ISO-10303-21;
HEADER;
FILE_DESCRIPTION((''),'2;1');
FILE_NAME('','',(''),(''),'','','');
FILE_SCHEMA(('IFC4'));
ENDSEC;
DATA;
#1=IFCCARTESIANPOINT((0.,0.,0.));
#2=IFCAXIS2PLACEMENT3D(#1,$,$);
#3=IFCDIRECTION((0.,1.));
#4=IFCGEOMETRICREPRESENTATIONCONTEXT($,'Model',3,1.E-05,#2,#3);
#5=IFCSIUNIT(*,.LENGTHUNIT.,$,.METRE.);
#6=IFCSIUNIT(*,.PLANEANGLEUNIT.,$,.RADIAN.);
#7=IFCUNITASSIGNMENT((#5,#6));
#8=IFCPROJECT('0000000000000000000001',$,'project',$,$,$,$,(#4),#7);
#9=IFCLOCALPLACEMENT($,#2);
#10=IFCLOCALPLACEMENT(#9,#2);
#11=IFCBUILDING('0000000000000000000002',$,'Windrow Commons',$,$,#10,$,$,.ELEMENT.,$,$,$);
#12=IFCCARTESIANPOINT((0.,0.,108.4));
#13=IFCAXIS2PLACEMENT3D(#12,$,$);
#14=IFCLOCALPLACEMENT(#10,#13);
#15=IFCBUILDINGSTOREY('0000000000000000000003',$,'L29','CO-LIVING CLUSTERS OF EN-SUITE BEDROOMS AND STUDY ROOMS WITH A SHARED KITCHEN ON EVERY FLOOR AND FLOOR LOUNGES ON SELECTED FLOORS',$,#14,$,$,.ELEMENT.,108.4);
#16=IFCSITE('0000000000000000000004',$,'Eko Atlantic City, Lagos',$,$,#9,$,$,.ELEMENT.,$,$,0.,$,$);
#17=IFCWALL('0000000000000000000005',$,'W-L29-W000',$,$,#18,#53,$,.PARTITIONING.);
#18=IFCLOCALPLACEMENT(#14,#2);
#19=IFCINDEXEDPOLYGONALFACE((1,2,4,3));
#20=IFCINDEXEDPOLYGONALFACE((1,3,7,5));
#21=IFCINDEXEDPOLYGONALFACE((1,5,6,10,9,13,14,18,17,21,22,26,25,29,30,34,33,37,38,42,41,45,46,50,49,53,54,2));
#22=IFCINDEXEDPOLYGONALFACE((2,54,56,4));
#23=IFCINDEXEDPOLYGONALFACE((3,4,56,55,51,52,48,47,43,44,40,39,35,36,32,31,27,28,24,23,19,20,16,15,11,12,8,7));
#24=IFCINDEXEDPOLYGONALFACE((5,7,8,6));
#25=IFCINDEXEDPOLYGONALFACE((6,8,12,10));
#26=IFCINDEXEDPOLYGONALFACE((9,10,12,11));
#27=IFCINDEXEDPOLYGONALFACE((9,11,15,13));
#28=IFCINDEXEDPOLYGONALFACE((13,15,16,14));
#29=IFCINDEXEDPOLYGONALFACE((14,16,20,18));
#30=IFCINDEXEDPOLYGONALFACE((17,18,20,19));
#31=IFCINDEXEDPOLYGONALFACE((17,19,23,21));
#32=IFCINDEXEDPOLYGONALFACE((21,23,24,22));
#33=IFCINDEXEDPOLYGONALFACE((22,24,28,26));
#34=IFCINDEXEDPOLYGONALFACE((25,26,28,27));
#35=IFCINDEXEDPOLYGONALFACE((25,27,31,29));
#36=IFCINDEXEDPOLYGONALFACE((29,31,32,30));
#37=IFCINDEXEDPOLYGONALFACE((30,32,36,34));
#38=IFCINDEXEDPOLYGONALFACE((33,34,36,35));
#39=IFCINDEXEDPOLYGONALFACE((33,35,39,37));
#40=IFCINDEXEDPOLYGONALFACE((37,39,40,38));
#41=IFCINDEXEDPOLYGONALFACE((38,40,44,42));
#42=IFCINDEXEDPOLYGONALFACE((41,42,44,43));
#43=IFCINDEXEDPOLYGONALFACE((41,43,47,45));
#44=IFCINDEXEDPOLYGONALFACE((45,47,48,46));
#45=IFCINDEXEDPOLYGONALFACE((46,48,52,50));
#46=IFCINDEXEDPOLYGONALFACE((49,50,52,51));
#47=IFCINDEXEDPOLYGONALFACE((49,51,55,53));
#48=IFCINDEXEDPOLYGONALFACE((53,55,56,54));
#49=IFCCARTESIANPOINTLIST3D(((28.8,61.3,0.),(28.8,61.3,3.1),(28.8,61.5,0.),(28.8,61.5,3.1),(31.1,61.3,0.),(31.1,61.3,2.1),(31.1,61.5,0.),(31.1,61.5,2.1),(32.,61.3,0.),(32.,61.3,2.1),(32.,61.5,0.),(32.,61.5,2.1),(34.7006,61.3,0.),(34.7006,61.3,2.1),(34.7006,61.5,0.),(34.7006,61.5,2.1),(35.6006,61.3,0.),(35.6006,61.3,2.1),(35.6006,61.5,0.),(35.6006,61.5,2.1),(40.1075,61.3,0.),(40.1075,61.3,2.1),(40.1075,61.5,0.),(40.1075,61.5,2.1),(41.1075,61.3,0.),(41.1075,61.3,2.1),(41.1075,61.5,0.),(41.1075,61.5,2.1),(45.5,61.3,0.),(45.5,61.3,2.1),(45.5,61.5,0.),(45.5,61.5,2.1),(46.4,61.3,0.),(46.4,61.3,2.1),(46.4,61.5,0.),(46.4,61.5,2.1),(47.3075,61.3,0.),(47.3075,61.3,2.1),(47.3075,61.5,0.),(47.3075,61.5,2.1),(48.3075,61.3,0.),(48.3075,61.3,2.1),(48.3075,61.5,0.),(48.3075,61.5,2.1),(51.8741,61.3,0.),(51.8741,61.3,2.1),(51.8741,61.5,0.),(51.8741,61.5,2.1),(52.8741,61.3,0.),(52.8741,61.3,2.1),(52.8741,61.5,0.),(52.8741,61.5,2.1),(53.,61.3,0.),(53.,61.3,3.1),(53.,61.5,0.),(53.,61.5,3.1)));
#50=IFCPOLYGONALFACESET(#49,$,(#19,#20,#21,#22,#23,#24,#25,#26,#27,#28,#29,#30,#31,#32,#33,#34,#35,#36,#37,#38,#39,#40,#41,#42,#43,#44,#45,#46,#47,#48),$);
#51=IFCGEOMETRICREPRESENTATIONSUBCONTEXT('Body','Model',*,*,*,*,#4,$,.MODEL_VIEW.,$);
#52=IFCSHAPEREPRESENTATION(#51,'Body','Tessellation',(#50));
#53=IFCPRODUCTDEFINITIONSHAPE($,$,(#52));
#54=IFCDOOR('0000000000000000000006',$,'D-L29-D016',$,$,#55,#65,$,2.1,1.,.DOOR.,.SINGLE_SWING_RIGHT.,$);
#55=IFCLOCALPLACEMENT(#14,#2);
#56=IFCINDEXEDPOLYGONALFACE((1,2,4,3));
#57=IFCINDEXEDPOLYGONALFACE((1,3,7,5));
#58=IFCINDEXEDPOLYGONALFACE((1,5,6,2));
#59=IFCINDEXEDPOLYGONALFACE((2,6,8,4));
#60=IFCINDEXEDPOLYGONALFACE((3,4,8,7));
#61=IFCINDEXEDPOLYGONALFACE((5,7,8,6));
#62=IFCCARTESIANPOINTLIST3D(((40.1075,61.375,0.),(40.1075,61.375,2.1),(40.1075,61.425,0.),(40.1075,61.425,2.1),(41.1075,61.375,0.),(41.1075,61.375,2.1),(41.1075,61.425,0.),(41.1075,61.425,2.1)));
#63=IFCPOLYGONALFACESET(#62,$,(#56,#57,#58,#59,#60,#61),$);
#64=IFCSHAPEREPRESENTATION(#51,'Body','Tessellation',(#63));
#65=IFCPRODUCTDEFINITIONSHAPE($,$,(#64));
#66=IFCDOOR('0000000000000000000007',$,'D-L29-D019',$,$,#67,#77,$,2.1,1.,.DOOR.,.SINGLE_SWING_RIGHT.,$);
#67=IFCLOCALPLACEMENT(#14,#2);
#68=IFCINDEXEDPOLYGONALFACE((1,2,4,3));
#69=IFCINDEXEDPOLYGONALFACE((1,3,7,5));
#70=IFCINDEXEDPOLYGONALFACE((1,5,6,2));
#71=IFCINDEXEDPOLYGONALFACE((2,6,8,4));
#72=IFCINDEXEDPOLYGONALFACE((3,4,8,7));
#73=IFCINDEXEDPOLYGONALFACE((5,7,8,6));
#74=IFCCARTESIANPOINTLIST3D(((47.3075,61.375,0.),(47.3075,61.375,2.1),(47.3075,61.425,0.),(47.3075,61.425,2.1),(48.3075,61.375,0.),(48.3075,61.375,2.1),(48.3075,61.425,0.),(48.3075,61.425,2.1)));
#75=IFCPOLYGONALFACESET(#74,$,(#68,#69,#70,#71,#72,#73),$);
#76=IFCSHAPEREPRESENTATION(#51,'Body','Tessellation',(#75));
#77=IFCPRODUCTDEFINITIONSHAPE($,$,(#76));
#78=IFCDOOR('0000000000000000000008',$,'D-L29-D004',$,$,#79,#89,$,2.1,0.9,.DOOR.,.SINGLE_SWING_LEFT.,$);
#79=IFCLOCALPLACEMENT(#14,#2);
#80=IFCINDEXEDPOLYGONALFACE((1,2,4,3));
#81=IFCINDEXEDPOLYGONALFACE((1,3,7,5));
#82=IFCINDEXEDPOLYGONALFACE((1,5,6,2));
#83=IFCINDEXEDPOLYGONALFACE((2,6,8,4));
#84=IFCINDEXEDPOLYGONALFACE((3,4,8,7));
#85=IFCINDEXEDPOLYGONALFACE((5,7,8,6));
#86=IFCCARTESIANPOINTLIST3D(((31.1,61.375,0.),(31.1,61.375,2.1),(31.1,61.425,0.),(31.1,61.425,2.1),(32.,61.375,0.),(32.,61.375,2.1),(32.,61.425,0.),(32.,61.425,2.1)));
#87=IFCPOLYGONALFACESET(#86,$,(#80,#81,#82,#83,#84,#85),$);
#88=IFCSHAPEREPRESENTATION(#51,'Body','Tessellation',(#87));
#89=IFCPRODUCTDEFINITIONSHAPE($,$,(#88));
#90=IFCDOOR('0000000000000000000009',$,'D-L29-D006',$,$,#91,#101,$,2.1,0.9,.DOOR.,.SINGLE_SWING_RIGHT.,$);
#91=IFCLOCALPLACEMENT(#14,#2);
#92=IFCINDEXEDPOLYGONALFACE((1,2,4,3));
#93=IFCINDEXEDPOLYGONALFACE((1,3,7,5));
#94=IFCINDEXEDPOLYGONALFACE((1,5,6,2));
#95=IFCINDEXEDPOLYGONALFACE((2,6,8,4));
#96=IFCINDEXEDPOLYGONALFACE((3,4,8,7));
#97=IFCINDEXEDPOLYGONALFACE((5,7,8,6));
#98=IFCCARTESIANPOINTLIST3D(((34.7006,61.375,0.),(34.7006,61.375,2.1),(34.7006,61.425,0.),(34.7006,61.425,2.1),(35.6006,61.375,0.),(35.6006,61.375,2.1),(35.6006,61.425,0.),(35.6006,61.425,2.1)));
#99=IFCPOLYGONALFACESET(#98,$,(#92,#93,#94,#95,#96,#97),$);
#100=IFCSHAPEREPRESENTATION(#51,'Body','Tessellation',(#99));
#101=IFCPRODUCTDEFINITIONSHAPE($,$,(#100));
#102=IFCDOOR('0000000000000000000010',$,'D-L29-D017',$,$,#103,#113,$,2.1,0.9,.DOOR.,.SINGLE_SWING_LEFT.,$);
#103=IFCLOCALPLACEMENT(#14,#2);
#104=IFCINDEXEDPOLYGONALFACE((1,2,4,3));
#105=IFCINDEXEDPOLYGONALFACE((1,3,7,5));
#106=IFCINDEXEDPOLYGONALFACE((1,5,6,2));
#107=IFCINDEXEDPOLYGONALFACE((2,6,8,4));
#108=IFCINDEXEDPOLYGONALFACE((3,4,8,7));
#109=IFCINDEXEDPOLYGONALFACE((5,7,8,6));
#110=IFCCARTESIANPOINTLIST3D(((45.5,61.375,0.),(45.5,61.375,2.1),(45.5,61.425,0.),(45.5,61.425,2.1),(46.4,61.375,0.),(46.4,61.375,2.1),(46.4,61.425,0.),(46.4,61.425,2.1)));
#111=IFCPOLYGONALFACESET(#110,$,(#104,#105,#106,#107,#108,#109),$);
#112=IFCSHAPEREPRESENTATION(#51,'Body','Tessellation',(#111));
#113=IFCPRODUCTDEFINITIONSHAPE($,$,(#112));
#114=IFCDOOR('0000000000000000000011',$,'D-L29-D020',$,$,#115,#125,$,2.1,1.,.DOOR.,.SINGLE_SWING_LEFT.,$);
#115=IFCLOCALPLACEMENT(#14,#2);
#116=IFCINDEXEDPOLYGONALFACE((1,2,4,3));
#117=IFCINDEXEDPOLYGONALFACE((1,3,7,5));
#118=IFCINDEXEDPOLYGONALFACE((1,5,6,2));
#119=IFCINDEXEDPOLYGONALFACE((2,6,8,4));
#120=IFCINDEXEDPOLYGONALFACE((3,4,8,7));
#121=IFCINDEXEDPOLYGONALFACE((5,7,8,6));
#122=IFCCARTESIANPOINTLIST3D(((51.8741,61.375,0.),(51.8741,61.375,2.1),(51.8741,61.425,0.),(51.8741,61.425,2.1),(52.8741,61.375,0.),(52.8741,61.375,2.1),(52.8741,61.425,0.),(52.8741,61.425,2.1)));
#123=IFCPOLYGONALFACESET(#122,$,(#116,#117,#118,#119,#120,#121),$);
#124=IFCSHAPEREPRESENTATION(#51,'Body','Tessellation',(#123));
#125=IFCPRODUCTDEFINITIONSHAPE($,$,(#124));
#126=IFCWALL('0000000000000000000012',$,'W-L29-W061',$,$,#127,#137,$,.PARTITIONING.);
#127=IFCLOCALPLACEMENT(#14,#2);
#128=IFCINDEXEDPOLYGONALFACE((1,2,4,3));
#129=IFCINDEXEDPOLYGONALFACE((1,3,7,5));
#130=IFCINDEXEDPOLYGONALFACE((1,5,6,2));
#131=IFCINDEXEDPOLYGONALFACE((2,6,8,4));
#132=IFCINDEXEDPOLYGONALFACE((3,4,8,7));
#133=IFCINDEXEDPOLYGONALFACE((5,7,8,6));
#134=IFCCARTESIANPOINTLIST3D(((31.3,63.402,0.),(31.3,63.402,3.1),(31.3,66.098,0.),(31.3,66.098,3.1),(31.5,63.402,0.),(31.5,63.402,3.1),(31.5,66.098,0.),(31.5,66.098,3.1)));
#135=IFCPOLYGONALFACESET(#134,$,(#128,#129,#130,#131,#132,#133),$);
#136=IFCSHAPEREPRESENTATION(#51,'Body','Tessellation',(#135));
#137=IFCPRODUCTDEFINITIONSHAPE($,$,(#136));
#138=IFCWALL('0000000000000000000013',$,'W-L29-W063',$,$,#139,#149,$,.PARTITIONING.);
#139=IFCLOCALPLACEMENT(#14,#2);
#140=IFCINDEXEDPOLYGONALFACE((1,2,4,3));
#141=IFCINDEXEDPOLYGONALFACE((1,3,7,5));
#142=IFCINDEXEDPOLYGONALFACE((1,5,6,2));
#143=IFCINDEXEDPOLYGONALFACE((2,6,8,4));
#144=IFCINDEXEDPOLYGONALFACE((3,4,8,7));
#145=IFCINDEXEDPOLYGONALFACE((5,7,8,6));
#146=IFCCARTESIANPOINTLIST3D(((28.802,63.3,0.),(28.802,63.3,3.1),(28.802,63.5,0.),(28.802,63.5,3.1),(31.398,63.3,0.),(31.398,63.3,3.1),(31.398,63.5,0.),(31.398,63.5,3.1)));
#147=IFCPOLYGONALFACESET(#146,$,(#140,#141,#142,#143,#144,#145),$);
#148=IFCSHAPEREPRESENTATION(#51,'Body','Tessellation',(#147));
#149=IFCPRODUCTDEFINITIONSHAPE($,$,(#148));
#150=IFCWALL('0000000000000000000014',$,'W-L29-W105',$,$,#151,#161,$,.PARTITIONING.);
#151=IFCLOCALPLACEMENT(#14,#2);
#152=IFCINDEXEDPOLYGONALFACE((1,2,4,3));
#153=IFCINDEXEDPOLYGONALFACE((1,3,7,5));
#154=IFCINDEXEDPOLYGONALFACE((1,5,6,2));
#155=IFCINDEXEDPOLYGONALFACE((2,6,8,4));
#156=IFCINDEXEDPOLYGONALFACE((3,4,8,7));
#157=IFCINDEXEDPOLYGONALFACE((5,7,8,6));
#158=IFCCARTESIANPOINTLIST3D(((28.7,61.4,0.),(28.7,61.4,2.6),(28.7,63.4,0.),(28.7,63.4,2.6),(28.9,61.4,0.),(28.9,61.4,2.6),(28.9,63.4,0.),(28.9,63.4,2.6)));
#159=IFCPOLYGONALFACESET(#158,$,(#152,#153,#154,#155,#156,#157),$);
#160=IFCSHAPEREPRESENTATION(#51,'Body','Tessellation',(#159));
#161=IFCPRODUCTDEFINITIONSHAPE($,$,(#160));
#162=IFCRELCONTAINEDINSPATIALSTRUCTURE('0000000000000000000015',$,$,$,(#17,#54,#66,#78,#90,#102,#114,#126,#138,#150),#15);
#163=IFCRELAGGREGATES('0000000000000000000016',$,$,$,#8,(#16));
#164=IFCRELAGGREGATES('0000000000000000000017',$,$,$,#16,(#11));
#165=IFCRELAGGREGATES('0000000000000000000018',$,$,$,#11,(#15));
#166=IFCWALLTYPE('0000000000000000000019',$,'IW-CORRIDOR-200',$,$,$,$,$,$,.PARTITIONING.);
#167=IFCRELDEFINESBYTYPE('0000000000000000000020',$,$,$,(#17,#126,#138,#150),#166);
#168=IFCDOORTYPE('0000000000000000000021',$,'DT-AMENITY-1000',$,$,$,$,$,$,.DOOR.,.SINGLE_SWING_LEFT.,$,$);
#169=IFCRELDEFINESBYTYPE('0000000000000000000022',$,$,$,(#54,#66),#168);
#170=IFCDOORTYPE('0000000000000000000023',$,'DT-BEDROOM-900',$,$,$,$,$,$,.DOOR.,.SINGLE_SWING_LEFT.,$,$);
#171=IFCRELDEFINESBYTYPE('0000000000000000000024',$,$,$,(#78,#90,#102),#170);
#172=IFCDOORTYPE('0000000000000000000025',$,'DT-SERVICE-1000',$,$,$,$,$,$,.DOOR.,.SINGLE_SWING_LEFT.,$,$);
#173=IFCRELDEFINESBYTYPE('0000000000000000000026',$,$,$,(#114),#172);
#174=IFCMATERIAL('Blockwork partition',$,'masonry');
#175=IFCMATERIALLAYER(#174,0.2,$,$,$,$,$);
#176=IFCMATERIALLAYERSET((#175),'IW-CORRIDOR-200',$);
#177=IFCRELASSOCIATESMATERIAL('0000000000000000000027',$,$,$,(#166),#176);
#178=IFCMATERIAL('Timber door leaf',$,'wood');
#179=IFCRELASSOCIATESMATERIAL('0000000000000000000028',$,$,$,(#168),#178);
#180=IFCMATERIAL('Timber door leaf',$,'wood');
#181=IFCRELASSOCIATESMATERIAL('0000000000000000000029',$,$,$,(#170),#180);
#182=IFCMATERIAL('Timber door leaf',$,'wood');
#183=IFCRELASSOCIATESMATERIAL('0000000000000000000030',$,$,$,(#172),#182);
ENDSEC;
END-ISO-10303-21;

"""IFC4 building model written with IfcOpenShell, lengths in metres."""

from ifc_helpers import new_model, si_unit, direction, frame, frame_2d, origin, place, context, subcontext, project, spatial, rectangle, extrude, material, layer, layer_set, type_object, element, fill, save


model = new_model("IFC4")

# Units and contexts
model_context = context("Model", 3, precision=1e-05, world=origin(), true_north=direction((0.0, 1.0)))
body_context = subcontext(model_context, "Body", "Model", "MODEL_VIEW")
ifc_project = project(units=[si_unit("LENGTHUNIT", "METRE"), si_unit("PLANEANGLEUNIT", "RADIAN")], contexts=[model_context])

# Site, building, storey
site_placement = place(None, origin())
site = spatial("IfcSite", under=ifc_project, at=site_placement, Name="Eko Atlantic City, Lagos", CompositionType="ELEMENT", RefElevation=0.0)
building_placement = place(site_placement, origin())
building = spatial("IfcBuilding", under=site, at=building_placement, Name="Windrow Commons", CompositionType="ELEMENT")
storey_placement = place(building_placement, frame((0.0, 0.0, 108.4)))
storey = spatial("IfcBuildingStorey", under=building, at=storey_placement, Name="L29", Description="CO-LIVING CLUSTERS OF EN-SUITE BEDROOMS AND STUDY ROOMS WITH A SHARED KITCHEN ON EVERY FLOOR AND FLOOR LOUNGES ON SELECTED FLOORS", CompositionType="ELEMENT", Elevation=108.4)

# Wall, openings, doors
ifc_material_1 = material(Name="Blockwork partition", Category="masonry")
ifc_layer_1 = layer(ifc_material_1, 0.2)
ifc_layer_set_1 = layer_set([ifc_layer_1], Name="IW-CORRIDOR-200")
wall_type_1 = type_object("IfcWallType", Name="IW-CORRIDOR-200", PredefinedType="PARTITIONING", material=ifc_layer_set_1)
wall_1_placement = place(storey_placement, frame((28.8, 61.4, 0.0), z_axis=(0.0, 0.0, 1.0), x_axis=(1.0, 0.0, 0.0)))
wall_1 = element("IfcWall", 1, at=wall_1_placement, inside=storey, type_object=wall_type_1, Name="W-L29-W000", PredefinedType="PARTITIONING", context=body_context, shape_type="SweptSolid", body=[
    extrude(rectangle(XDim=24.2, YDim=0.2, at=frame_2d((12.1, 0.0))), origin(), (0.0, 0.0, 1.0), 3.1),
])
opening_1_placement = place(wall_1_placement, frame((2.3, 0.0, 0.0)))
opening_1 = element("IfcOpeningElement", 2, at=opening_1_placement, cuts=wall_1, PredefinedType="OPENING", context=body_context, shape_type="SweptSolid", body=[
    extrude(rectangle(XDim=0.9, YDim=2.1, at=frame_2d((0.45, 1.05))), frame((0.0, 0.11, 0.0), z_axis=(0.0, -1.0, 0.0), x_axis=(1.0, 0.0, 0.0)), (0.0, 0.0, 1.0), 0.22),
])
opening_2_placement = place(wall_1_placement, frame((5.9006, 0.0, 0.0)))
opening_2 = element("IfcOpeningElement", 3, at=opening_2_placement, cuts=wall_1, PredefinedType="OPENING", context=body_context, shape_type="SweptSolid", body=[
    extrude(rectangle(XDim=0.9, YDim=2.1, at=frame_2d((0.45, 1.05))), frame((0.0, 0.11, 0.0), z_axis=(0.0, -1.0, 0.0), x_axis=(1.0, 0.0, 0.0)), (0.0, 0.0, 1.0), 0.22),
])
opening_3_placement = place(wall_1_placement, frame((11.3075, 0.0, 0.0)))
opening_3 = element("IfcOpeningElement", 4, at=opening_3_placement, cuts=wall_1, PredefinedType="OPENING", context=body_context, shape_type="SweptSolid", body=[
    extrude(rectangle(XDim=1.0, YDim=2.1, at=frame_2d((0.5, 1.05))), frame((0.0, 0.11, 0.0), z_axis=(0.0, -1.0, 0.0), x_axis=(1.0, 0.0, 0.0)), (0.0, 0.0, 1.0), 0.22),
])
opening_4_placement = place(wall_1_placement, frame((16.7, 0.0, 0.0)))
opening_4 = element("IfcOpeningElement", 5, at=opening_4_placement, cuts=wall_1, PredefinedType="OPENING", context=body_context, shape_type="SweptSolid", body=[
    extrude(rectangle(XDim=0.9, YDim=2.1, at=frame_2d((0.45, 1.05))), frame((0.0, 0.11, 0.0), z_axis=(0.0, -1.0, 0.0), x_axis=(1.0, 0.0, 0.0)), (0.0, 0.0, 1.0), 0.22),
])
opening_5_placement = place(wall_1_placement, frame((18.5075, 0.0, 0.0)))
opening_5 = element("IfcOpeningElement", 6, at=opening_5_placement, cuts=wall_1, PredefinedType="OPENING", context=body_context, shape_type="SweptSolid", body=[
    extrude(rectangle(XDim=1.0, YDim=2.1, at=frame_2d((0.5, 1.05))), frame((0.0, 0.11, 0.0), z_axis=(0.0, -1.0, 0.0), x_axis=(1.0, 0.0, 0.0)), (0.0, 0.0, 1.0), 0.22),
])
opening_6_placement = place(wall_1_placement, frame((23.0741, 0.0, 0.0)))
opening_6 = element("IfcOpeningElement", 7, at=opening_6_placement, cuts=wall_1, PredefinedType="OPENING", context=body_context, shape_type="SweptSolid", body=[
    extrude(rectangle(XDim=1.0, YDim=2.1, at=frame_2d((0.5, 1.05))), frame((0.0, 0.11, 0.0), z_axis=(0.0, -1.0, 0.0), x_axis=(1.0, 0.0, 0.0)), (0.0, 0.0, 1.0), 0.22),
])
ifc_material_2 = material(Name="Timber door leaf", Category="wood")
door_type_1 = type_object("IfcDoorType", Name="DT-AMENITY-1000", OperationType="SINGLE_SWING_LEFT", PredefinedType="DOOR", material=ifc_material_2)
door_1_placement = place(opening_3_placement, origin())
door_1 = element("IfcDoor", 8, at=door_1_placement, inside=storey, type_object=door_type_1, Name="D-L29-D016", OperationType="SINGLE_SWING_RIGHT", OverallHeight=2.1, OverallWidth=1.0, PredefinedType="DOOR", context=body_context, shape_type="SweptSolid", body=[
    extrude(rectangle(XDim=1.0, YDim=2.1, at=frame_2d((0.5, 1.05))), frame((0.0, 0.025, 0.0), z_axis=(0.0, -1.0, 0.0), x_axis=(1.0, 0.0, 0.0)), (0.0, 0.0, 1.0), 0.05),
])
fill(opening_3, door_1)
door_2_placement = place(opening_5_placement, origin())
door_2 = element("IfcDoor", 9, at=door_2_placement, inside=storey, type_object=door_type_1, Name="D-L29-D019", OperationType="SINGLE_SWING_RIGHT", OverallHeight=2.1, OverallWidth=1.0, PredefinedType="DOOR", context=body_context, shape_type="SweptSolid", body=[
    extrude(rectangle(XDim=1.0, YDim=2.1, at=frame_2d((0.5, 1.05))), frame((0.0, 0.025, 0.0), z_axis=(0.0, -1.0, 0.0), x_axis=(1.0, 0.0, 0.0)), (0.0, 0.0, 1.0), 0.05),
])
fill(opening_5, door_2)
ifc_material_3 = material(Name="Timber door leaf", Category="wood")
door_type_2 = type_object("IfcDoorType", Name="DT-BEDROOM-900", OperationType="SINGLE_SWING_LEFT", PredefinedType="DOOR", material=ifc_material_3)
door_3_placement = place(opening_1_placement, origin())
door_3 = element("IfcDoor", 10, at=door_3_placement, inside=storey, type_object=door_type_2, Name="D-L29-D004", OperationType="SINGLE_SWING_LEFT", OverallHeight=2.1, OverallWidth=0.9, PredefinedType="DOOR", context=body_context, shape_type="SweptSolid", body=[
    extrude(rectangle(XDim=0.9, YDim=2.1, at=frame_2d((0.45, 1.05))), frame((0.0, 0.025, 0.0), z_axis=(0.0, -1.0, 0.0), x_axis=(1.0, 0.0, 0.0)), (0.0, 0.0, 1.0), 0.05),
])
fill(opening_1, door_3)
door_4_placement = place(opening_2_placement, origin())
door_4 = element("IfcDoor", 11, at=door_4_placement, inside=storey, type_object=door_type_2, Name="D-L29-D006", OperationType="SINGLE_SWING_RIGHT", OverallHeight=2.1, OverallWidth=0.9, PredefinedType="DOOR", context=body_context, shape_type="SweptSolid", body=[
    extrude(rectangle(XDim=0.9, YDim=2.1, at=frame_2d((0.45, 1.05))), frame((0.0, 0.025, 0.0), z_axis=(0.0, -1.0, 0.0), x_axis=(1.0, 0.0, 0.0)), (0.0, 0.0, 1.0), 0.05),
])
fill(opening_2, door_4)
door_5_placement = place(opening_4_placement, origin())
door_5 = element("IfcDoor", 12, at=door_5_placement, inside=storey, type_object=door_type_2, Name="D-L29-D017", OperationType="SINGLE_SWING_LEFT", OverallHeight=2.1, OverallWidth=0.9, PredefinedType="DOOR", context=body_context, shape_type="SweptSolid", body=[
    extrude(rectangle(XDim=0.9, YDim=2.1, at=frame_2d((0.45, 1.05))), frame((0.0, 0.025, 0.0), z_axis=(0.0, -1.0, 0.0), x_axis=(1.0, 0.0, 0.0)), (0.0, 0.0, 1.0), 0.05),
])
fill(opening_4, door_5)
ifc_material_4 = material(Name="Timber door leaf", Category="wood")
door_type_3 = type_object("IfcDoorType", Name="DT-SERVICE-1000", OperationType="SINGLE_SWING_LEFT", PredefinedType="DOOR", material=ifc_material_4)
door_6_placement = place(opening_6_placement, origin())
door_6 = element("IfcDoor", 13, at=door_6_placement, inside=storey, type_object=door_type_3, Name="D-L29-D020", OperationType="SINGLE_SWING_LEFT", OverallHeight=2.1, OverallWidth=1.0, PredefinedType="DOOR", context=body_context, shape_type="SweptSolid", body=[
    extrude(rectangle(XDim=1.0, YDim=2.1, at=frame_2d((0.5, 1.05))), frame((0.0, 0.025, 0.0), z_axis=(0.0, -1.0, 0.0), x_axis=(1.0, 0.0, 0.0)), (0.0, 0.0, 1.0), 0.05),
])
fill(opening_6, door_6)

# Walls
wall_2_placement = place(storey_placement, frame((31.4, 63.402, 0.0), z_axis=(0.0, 0.0, 1.0), x_axis=(0.0, 1.0, 0.0)))
element("IfcWall", 14, at=wall_2_placement, inside=storey, type_object=wall_type_1, Name="W-L29-W061", PredefinedType="PARTITIONING", context=body_context, shape_type="SweptSolid", body=[
    extrude(rectangle(XDim=2.696, YDim=0.2, at=frame_2d((1.348, 0.0))), origin(), (0.0, 0.0, 1.0), 3.1),
])
wall_3_placement = place(storey_placement, frame((28.802, 63.4, 0.0), z_axis=(0.0, 0.0, 1.0), x_axis=(1.0, 0.0, 0.0)))
element("IfcWall", 15, at=wall_3_placement, inside=storey, type_object=wall_type_1, Name="W-L29-W063", PredefinedType="PARTITIONING", context=body_context, shape_type="SweptSolid", body=[
    extrude(rectangle(XDim=2.596, YDim=0.2, at=frame_2d((1.298, 0.0))), origin(), (0.0, 0.0, 1.0), 3.1),
])
wall_4_placement = place(storey_placement, frame((28.8, 61.4, 0.0), z_axis=(0.0, 0.0, 1.0), x_axis=(0.0, 1.0, 0.0)))
element("IfcWall", 16, at=wall_4_placement, inside=storey, type_object=wall_type_1, Name="W-L29-W105", PredefinedType="PARTITIONING", context=body_context, shape_type="SweptSolid", body=[
    extrude(rectangle(XDim=2.0, YDim=0.2, at=frame_2d((1.0, 0.0))), origin(), (0.0, 0.0, 1.0), 2.6),
])

save(model, "model.ifc")
